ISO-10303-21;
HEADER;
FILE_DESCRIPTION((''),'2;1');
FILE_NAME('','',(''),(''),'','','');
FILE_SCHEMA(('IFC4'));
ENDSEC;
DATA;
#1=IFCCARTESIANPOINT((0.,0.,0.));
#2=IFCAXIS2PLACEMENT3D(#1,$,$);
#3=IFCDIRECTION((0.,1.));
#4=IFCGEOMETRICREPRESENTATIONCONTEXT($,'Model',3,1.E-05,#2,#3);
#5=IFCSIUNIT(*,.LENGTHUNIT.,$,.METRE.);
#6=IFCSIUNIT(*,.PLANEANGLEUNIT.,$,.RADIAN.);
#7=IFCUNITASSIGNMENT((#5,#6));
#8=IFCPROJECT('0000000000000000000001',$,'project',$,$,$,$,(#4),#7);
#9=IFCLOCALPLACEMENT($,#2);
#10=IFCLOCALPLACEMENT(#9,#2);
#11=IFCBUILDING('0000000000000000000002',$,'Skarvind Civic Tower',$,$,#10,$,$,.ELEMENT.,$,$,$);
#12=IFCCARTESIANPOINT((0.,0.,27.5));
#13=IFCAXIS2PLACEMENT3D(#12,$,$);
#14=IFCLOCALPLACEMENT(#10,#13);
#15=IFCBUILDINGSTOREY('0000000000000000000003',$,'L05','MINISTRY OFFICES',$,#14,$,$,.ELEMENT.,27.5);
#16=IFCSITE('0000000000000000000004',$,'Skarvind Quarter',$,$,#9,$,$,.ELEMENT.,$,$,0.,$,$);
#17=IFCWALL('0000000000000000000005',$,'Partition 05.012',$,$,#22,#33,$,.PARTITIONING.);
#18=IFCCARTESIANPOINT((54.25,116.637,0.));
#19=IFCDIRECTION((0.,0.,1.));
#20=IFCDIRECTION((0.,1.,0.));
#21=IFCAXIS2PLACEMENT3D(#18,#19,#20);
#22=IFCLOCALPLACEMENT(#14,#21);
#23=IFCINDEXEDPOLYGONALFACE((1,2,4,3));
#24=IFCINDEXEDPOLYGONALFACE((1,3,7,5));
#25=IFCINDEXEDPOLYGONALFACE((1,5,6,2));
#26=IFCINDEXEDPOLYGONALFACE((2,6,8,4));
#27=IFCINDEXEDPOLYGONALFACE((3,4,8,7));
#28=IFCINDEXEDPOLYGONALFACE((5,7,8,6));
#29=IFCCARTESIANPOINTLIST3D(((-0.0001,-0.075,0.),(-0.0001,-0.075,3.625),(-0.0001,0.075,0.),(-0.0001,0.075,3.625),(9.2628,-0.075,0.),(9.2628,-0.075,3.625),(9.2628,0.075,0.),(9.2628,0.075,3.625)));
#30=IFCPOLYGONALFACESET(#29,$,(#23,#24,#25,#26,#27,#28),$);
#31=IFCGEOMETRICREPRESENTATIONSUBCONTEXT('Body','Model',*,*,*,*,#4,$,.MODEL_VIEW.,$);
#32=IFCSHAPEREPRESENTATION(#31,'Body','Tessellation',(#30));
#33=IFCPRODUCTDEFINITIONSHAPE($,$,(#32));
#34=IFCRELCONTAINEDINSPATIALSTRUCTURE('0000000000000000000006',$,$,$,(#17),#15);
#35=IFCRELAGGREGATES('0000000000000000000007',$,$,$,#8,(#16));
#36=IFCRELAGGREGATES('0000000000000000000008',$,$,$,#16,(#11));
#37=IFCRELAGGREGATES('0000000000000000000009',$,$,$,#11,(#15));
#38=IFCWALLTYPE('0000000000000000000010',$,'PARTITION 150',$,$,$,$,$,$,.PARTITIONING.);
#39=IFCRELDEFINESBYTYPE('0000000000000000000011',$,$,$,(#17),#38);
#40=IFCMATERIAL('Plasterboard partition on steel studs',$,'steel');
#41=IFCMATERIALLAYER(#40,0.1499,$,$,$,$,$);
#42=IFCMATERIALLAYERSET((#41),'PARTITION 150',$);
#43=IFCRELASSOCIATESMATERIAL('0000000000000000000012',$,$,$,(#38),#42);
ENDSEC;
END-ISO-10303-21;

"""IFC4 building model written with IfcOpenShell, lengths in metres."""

from ifc_helpers import new_model, si_unit, direction, frame, frame_2d, origin, place, context, subcontext, project, spatial, rectangle, extrude, material, layer, layer_set, type_object, element, save


model = new_model("IFC4")

# Units and contexts
model_context = context("Model", 3, precision=1e-05, world=origin(), true_north=direction((0.0, 1.0)))
body_context = subcontext(model_context, "Body", "Model", "MODEL_VIEW")
ifc_project = project(units=[si_unit("LENGTHUNIT", "METRE"), si_unit("PLANEANGLEUNIT", "RADIAN")], contexts=[model_context])

# Site, building, storey
site_placement = place(None, origin())
site = spatial("IfcSite", under=ifc_project, at=site_placement, Name="Skarvind Quarter", CompositionType="ELEMENT", RefElevation=0.0)
building_placement = place(site_placement, origin())
building = spatial("IfcBuilding", under=site, at=building_placement, Name="Skarvind Civic Tower", CompositionType="ELEMENT")
storey_placement = place(building_placement, frame((0.0, 0.0, 27.5)))
storey = spatial("IfcBuildingStorey", under=building, at=storey_placement, Name="L05", Description="MINISTRY OFFICES", CompositionType="ELEMENT", Elevation=27.5)

# Wall
ifc_material_1 = material(Name="Plasterboard partition on steel studs", Category="steel")
ifc_layer_1 = layer(ifc_material_1, 0.1499)
ifc_layer_set_1 = layer_set([ifc_layer_1], Name="PARTITION 150")
wall_type_1 = type_object("IfcWallType", Name="PARTITION 150", PredefinedType="PARTITIONING", material=ifc_layer_set_1)
wall_1_placement = place(storey_placement, frame((54.25, 116.637, 0.0), z_axis=(0.0, 0.0, 1.0), x_axis=(0.0, 1.0, 0.0)))
element("IfcWall", 1, at=wall_1_placement, inside=storey, type_object=wall_type_1, Name="Partition 05.012", PredefinedType="PARTITIONING", context=body_context, shape_type="SweptSolid", body=[
    extrude(rectangle(XDim=9.2629, YDim=0.1499, at=frame_2d((4.6313, 0.0))), origin(), (0.0, 0.0, 1.0), 3.625),
])

save(model, "model.ifc")
